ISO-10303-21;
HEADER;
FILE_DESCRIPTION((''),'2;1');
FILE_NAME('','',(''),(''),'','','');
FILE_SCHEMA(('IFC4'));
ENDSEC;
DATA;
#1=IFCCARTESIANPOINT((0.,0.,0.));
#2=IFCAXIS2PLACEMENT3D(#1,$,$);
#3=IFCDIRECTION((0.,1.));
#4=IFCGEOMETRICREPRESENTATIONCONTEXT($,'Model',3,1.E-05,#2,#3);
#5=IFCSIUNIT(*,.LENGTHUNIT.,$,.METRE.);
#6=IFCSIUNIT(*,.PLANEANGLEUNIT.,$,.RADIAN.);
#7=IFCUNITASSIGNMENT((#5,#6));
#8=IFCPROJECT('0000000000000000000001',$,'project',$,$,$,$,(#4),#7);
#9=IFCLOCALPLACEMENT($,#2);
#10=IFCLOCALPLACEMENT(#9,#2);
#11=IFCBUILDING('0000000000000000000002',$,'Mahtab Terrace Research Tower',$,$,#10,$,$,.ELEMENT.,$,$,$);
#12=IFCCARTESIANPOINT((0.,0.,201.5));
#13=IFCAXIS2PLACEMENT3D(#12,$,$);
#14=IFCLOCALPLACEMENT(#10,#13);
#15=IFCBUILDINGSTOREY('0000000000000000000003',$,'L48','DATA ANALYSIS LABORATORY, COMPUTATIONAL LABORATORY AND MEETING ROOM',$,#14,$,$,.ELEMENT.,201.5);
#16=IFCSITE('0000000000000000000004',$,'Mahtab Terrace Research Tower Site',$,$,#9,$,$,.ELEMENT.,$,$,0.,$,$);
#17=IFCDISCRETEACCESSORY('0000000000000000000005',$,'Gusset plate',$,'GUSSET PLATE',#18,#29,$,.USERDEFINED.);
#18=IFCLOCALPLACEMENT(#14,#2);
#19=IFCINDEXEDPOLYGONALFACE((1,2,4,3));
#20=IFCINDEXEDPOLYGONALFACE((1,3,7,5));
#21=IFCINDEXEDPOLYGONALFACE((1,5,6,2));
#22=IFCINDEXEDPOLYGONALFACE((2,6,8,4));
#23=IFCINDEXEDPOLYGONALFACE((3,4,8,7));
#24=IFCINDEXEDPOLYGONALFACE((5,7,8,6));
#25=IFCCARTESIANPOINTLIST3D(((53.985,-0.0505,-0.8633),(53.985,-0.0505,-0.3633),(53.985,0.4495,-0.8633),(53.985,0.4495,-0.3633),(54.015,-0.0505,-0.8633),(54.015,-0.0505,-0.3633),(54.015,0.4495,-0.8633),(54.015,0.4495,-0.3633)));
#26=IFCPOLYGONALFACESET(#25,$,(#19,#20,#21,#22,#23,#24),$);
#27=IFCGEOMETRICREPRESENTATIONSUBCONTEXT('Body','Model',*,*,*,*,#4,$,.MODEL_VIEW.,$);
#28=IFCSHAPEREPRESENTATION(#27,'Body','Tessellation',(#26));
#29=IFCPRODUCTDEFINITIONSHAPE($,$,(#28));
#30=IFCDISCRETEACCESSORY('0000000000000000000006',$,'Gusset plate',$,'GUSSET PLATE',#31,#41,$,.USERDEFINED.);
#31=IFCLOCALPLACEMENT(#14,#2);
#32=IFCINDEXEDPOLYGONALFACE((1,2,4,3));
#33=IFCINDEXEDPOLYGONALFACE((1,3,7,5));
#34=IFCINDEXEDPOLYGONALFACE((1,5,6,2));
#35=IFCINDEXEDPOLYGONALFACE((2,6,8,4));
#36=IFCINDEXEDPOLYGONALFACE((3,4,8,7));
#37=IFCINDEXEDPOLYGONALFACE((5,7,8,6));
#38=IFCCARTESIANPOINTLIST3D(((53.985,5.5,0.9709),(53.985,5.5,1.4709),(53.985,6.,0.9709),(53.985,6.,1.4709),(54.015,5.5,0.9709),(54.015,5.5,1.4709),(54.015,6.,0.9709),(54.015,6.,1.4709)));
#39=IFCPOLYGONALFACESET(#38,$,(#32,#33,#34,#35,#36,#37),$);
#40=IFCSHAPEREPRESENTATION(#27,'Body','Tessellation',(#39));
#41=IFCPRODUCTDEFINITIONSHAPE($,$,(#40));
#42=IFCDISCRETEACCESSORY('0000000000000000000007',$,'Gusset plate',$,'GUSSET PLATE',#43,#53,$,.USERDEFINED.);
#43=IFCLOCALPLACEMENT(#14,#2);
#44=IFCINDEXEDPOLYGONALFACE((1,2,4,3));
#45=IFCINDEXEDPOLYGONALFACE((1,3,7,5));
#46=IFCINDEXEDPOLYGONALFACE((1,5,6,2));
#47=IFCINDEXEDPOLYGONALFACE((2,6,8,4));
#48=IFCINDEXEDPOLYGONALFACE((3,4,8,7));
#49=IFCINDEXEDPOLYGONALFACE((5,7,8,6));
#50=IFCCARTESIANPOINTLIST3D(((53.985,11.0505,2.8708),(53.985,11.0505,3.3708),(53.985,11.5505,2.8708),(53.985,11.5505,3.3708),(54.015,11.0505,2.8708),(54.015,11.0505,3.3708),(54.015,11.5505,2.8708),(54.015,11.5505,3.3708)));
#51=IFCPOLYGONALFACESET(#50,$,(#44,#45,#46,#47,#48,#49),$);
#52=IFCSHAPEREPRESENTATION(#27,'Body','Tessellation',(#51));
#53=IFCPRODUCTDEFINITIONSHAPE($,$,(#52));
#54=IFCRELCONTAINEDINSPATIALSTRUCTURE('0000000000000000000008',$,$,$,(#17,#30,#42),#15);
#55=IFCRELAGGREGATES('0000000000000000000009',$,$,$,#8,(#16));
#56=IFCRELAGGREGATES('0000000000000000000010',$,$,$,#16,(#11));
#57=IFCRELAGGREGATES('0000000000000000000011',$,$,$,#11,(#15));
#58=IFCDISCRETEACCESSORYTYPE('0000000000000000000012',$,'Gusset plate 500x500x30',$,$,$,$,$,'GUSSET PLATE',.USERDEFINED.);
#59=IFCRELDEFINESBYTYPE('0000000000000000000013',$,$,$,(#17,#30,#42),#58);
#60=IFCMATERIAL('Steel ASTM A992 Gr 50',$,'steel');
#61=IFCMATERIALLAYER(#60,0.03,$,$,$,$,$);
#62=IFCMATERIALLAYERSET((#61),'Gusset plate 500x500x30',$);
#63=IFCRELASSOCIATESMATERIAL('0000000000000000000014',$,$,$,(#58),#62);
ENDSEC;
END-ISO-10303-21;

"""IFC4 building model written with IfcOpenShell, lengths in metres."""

from ifc_helpers import new_model, si_unit, direction, frame, origin, origin_2d, place, context, subcontext, project, spatial, rectangle, extrude, material, layer, layer_set, type_object, element, save


model = new_model("IFC4")

# Units and contexts
model_context = context("Model", 3, precision=1e-05, world=origin(), true_north=direction((0.0, 1.0)))
body_context = subcontext(model_context, "Body", "Model", "MODEL_VIEW")
ifc_project = project(units=[si_unit("LENGTHUNIT", "METRE"), si_unit("PLANEANGLEUNIT", "RADIAN")], contexts=[model_context])

# Site, building, storey
site_placement = place(None, origin())
site = spatial("IfcSite", under=ifc_project, at=site_placement, Name="Mahtab Terrace Research Tower Site", CompositionType="ELEMENT", RefElevation=0.0)
building_placement = place(site_placement, origin())
building = spatial("IfcBuilding", under=site, at=building_placement, Name="Mahtab Terrace Research Tower", CompositionType="ELEMENT")
storey_placement = place(building_placement, frame((0.0, 0.0, 201.5)))
storey = spatial("IfcBuildingStorey", under=building, at=storey_placement, Name="L48", Description="DATA ANALYSIS LABORATORY, COMPUTATIONAL LABORATORY AND MEETING ROOM", CompositionType="ELEMENT", Elevation=201.5)

# Shared definitions
ifc_material_1 = material(Name="Steel ASTM A992 Gr 50", Category="steel")

# Discrete accessories
ifc_layer_1 = layer(ifc_material_1, 0.03)
ifc_layer_set_1 = layer_set([ifc_layer_1], Name="Gusset plate 500x500x30")
discrete_accessory_type = type_object("IfcDiscreteAccessoryType", Name="Gusset plate 500x500x30", ElementType="GUSSET PLATE", PredefinedType="USERDEFINED", material=ifc_layer_set_1)
for number, where, z_axis, x_axis, name in (
    (1, (54.0, 0.1995, -0.8633), (0.0, 0.0, 1.0), (0.0, 1.0, 0.0), "Gusset plate"),
    (2, (54.0, 5.75, 0.9709), (0.0, 0.0, 1.0), (0.0, 1.0, 0.0), "Gusset plate"),
    (3, (54.0, 11.3005, 2.8708), (0.0, 0.0, 1.0), (0.0, 1.0, 0.0), "Gusset plate"),
):
    element("IfcDiscreteAccessory", number, at=place(storey_placement, frame(where, z_axis=z_axis, x_axis=x_axis)), inside=storey, type_object=discrete_accessory_type, Name=name, ObjectType="GUSSET PLATE", PredefinedType="USERDEFINED", context=body_context, shape_type="SweptSolid", body=[
        extrude(rectangle(XDim=0.5, YDim=0.03, at=origin_2d()), origin(), (0.0, 0.0, 1.0), 0.5),
    ])

save(model, "model.ifc")
